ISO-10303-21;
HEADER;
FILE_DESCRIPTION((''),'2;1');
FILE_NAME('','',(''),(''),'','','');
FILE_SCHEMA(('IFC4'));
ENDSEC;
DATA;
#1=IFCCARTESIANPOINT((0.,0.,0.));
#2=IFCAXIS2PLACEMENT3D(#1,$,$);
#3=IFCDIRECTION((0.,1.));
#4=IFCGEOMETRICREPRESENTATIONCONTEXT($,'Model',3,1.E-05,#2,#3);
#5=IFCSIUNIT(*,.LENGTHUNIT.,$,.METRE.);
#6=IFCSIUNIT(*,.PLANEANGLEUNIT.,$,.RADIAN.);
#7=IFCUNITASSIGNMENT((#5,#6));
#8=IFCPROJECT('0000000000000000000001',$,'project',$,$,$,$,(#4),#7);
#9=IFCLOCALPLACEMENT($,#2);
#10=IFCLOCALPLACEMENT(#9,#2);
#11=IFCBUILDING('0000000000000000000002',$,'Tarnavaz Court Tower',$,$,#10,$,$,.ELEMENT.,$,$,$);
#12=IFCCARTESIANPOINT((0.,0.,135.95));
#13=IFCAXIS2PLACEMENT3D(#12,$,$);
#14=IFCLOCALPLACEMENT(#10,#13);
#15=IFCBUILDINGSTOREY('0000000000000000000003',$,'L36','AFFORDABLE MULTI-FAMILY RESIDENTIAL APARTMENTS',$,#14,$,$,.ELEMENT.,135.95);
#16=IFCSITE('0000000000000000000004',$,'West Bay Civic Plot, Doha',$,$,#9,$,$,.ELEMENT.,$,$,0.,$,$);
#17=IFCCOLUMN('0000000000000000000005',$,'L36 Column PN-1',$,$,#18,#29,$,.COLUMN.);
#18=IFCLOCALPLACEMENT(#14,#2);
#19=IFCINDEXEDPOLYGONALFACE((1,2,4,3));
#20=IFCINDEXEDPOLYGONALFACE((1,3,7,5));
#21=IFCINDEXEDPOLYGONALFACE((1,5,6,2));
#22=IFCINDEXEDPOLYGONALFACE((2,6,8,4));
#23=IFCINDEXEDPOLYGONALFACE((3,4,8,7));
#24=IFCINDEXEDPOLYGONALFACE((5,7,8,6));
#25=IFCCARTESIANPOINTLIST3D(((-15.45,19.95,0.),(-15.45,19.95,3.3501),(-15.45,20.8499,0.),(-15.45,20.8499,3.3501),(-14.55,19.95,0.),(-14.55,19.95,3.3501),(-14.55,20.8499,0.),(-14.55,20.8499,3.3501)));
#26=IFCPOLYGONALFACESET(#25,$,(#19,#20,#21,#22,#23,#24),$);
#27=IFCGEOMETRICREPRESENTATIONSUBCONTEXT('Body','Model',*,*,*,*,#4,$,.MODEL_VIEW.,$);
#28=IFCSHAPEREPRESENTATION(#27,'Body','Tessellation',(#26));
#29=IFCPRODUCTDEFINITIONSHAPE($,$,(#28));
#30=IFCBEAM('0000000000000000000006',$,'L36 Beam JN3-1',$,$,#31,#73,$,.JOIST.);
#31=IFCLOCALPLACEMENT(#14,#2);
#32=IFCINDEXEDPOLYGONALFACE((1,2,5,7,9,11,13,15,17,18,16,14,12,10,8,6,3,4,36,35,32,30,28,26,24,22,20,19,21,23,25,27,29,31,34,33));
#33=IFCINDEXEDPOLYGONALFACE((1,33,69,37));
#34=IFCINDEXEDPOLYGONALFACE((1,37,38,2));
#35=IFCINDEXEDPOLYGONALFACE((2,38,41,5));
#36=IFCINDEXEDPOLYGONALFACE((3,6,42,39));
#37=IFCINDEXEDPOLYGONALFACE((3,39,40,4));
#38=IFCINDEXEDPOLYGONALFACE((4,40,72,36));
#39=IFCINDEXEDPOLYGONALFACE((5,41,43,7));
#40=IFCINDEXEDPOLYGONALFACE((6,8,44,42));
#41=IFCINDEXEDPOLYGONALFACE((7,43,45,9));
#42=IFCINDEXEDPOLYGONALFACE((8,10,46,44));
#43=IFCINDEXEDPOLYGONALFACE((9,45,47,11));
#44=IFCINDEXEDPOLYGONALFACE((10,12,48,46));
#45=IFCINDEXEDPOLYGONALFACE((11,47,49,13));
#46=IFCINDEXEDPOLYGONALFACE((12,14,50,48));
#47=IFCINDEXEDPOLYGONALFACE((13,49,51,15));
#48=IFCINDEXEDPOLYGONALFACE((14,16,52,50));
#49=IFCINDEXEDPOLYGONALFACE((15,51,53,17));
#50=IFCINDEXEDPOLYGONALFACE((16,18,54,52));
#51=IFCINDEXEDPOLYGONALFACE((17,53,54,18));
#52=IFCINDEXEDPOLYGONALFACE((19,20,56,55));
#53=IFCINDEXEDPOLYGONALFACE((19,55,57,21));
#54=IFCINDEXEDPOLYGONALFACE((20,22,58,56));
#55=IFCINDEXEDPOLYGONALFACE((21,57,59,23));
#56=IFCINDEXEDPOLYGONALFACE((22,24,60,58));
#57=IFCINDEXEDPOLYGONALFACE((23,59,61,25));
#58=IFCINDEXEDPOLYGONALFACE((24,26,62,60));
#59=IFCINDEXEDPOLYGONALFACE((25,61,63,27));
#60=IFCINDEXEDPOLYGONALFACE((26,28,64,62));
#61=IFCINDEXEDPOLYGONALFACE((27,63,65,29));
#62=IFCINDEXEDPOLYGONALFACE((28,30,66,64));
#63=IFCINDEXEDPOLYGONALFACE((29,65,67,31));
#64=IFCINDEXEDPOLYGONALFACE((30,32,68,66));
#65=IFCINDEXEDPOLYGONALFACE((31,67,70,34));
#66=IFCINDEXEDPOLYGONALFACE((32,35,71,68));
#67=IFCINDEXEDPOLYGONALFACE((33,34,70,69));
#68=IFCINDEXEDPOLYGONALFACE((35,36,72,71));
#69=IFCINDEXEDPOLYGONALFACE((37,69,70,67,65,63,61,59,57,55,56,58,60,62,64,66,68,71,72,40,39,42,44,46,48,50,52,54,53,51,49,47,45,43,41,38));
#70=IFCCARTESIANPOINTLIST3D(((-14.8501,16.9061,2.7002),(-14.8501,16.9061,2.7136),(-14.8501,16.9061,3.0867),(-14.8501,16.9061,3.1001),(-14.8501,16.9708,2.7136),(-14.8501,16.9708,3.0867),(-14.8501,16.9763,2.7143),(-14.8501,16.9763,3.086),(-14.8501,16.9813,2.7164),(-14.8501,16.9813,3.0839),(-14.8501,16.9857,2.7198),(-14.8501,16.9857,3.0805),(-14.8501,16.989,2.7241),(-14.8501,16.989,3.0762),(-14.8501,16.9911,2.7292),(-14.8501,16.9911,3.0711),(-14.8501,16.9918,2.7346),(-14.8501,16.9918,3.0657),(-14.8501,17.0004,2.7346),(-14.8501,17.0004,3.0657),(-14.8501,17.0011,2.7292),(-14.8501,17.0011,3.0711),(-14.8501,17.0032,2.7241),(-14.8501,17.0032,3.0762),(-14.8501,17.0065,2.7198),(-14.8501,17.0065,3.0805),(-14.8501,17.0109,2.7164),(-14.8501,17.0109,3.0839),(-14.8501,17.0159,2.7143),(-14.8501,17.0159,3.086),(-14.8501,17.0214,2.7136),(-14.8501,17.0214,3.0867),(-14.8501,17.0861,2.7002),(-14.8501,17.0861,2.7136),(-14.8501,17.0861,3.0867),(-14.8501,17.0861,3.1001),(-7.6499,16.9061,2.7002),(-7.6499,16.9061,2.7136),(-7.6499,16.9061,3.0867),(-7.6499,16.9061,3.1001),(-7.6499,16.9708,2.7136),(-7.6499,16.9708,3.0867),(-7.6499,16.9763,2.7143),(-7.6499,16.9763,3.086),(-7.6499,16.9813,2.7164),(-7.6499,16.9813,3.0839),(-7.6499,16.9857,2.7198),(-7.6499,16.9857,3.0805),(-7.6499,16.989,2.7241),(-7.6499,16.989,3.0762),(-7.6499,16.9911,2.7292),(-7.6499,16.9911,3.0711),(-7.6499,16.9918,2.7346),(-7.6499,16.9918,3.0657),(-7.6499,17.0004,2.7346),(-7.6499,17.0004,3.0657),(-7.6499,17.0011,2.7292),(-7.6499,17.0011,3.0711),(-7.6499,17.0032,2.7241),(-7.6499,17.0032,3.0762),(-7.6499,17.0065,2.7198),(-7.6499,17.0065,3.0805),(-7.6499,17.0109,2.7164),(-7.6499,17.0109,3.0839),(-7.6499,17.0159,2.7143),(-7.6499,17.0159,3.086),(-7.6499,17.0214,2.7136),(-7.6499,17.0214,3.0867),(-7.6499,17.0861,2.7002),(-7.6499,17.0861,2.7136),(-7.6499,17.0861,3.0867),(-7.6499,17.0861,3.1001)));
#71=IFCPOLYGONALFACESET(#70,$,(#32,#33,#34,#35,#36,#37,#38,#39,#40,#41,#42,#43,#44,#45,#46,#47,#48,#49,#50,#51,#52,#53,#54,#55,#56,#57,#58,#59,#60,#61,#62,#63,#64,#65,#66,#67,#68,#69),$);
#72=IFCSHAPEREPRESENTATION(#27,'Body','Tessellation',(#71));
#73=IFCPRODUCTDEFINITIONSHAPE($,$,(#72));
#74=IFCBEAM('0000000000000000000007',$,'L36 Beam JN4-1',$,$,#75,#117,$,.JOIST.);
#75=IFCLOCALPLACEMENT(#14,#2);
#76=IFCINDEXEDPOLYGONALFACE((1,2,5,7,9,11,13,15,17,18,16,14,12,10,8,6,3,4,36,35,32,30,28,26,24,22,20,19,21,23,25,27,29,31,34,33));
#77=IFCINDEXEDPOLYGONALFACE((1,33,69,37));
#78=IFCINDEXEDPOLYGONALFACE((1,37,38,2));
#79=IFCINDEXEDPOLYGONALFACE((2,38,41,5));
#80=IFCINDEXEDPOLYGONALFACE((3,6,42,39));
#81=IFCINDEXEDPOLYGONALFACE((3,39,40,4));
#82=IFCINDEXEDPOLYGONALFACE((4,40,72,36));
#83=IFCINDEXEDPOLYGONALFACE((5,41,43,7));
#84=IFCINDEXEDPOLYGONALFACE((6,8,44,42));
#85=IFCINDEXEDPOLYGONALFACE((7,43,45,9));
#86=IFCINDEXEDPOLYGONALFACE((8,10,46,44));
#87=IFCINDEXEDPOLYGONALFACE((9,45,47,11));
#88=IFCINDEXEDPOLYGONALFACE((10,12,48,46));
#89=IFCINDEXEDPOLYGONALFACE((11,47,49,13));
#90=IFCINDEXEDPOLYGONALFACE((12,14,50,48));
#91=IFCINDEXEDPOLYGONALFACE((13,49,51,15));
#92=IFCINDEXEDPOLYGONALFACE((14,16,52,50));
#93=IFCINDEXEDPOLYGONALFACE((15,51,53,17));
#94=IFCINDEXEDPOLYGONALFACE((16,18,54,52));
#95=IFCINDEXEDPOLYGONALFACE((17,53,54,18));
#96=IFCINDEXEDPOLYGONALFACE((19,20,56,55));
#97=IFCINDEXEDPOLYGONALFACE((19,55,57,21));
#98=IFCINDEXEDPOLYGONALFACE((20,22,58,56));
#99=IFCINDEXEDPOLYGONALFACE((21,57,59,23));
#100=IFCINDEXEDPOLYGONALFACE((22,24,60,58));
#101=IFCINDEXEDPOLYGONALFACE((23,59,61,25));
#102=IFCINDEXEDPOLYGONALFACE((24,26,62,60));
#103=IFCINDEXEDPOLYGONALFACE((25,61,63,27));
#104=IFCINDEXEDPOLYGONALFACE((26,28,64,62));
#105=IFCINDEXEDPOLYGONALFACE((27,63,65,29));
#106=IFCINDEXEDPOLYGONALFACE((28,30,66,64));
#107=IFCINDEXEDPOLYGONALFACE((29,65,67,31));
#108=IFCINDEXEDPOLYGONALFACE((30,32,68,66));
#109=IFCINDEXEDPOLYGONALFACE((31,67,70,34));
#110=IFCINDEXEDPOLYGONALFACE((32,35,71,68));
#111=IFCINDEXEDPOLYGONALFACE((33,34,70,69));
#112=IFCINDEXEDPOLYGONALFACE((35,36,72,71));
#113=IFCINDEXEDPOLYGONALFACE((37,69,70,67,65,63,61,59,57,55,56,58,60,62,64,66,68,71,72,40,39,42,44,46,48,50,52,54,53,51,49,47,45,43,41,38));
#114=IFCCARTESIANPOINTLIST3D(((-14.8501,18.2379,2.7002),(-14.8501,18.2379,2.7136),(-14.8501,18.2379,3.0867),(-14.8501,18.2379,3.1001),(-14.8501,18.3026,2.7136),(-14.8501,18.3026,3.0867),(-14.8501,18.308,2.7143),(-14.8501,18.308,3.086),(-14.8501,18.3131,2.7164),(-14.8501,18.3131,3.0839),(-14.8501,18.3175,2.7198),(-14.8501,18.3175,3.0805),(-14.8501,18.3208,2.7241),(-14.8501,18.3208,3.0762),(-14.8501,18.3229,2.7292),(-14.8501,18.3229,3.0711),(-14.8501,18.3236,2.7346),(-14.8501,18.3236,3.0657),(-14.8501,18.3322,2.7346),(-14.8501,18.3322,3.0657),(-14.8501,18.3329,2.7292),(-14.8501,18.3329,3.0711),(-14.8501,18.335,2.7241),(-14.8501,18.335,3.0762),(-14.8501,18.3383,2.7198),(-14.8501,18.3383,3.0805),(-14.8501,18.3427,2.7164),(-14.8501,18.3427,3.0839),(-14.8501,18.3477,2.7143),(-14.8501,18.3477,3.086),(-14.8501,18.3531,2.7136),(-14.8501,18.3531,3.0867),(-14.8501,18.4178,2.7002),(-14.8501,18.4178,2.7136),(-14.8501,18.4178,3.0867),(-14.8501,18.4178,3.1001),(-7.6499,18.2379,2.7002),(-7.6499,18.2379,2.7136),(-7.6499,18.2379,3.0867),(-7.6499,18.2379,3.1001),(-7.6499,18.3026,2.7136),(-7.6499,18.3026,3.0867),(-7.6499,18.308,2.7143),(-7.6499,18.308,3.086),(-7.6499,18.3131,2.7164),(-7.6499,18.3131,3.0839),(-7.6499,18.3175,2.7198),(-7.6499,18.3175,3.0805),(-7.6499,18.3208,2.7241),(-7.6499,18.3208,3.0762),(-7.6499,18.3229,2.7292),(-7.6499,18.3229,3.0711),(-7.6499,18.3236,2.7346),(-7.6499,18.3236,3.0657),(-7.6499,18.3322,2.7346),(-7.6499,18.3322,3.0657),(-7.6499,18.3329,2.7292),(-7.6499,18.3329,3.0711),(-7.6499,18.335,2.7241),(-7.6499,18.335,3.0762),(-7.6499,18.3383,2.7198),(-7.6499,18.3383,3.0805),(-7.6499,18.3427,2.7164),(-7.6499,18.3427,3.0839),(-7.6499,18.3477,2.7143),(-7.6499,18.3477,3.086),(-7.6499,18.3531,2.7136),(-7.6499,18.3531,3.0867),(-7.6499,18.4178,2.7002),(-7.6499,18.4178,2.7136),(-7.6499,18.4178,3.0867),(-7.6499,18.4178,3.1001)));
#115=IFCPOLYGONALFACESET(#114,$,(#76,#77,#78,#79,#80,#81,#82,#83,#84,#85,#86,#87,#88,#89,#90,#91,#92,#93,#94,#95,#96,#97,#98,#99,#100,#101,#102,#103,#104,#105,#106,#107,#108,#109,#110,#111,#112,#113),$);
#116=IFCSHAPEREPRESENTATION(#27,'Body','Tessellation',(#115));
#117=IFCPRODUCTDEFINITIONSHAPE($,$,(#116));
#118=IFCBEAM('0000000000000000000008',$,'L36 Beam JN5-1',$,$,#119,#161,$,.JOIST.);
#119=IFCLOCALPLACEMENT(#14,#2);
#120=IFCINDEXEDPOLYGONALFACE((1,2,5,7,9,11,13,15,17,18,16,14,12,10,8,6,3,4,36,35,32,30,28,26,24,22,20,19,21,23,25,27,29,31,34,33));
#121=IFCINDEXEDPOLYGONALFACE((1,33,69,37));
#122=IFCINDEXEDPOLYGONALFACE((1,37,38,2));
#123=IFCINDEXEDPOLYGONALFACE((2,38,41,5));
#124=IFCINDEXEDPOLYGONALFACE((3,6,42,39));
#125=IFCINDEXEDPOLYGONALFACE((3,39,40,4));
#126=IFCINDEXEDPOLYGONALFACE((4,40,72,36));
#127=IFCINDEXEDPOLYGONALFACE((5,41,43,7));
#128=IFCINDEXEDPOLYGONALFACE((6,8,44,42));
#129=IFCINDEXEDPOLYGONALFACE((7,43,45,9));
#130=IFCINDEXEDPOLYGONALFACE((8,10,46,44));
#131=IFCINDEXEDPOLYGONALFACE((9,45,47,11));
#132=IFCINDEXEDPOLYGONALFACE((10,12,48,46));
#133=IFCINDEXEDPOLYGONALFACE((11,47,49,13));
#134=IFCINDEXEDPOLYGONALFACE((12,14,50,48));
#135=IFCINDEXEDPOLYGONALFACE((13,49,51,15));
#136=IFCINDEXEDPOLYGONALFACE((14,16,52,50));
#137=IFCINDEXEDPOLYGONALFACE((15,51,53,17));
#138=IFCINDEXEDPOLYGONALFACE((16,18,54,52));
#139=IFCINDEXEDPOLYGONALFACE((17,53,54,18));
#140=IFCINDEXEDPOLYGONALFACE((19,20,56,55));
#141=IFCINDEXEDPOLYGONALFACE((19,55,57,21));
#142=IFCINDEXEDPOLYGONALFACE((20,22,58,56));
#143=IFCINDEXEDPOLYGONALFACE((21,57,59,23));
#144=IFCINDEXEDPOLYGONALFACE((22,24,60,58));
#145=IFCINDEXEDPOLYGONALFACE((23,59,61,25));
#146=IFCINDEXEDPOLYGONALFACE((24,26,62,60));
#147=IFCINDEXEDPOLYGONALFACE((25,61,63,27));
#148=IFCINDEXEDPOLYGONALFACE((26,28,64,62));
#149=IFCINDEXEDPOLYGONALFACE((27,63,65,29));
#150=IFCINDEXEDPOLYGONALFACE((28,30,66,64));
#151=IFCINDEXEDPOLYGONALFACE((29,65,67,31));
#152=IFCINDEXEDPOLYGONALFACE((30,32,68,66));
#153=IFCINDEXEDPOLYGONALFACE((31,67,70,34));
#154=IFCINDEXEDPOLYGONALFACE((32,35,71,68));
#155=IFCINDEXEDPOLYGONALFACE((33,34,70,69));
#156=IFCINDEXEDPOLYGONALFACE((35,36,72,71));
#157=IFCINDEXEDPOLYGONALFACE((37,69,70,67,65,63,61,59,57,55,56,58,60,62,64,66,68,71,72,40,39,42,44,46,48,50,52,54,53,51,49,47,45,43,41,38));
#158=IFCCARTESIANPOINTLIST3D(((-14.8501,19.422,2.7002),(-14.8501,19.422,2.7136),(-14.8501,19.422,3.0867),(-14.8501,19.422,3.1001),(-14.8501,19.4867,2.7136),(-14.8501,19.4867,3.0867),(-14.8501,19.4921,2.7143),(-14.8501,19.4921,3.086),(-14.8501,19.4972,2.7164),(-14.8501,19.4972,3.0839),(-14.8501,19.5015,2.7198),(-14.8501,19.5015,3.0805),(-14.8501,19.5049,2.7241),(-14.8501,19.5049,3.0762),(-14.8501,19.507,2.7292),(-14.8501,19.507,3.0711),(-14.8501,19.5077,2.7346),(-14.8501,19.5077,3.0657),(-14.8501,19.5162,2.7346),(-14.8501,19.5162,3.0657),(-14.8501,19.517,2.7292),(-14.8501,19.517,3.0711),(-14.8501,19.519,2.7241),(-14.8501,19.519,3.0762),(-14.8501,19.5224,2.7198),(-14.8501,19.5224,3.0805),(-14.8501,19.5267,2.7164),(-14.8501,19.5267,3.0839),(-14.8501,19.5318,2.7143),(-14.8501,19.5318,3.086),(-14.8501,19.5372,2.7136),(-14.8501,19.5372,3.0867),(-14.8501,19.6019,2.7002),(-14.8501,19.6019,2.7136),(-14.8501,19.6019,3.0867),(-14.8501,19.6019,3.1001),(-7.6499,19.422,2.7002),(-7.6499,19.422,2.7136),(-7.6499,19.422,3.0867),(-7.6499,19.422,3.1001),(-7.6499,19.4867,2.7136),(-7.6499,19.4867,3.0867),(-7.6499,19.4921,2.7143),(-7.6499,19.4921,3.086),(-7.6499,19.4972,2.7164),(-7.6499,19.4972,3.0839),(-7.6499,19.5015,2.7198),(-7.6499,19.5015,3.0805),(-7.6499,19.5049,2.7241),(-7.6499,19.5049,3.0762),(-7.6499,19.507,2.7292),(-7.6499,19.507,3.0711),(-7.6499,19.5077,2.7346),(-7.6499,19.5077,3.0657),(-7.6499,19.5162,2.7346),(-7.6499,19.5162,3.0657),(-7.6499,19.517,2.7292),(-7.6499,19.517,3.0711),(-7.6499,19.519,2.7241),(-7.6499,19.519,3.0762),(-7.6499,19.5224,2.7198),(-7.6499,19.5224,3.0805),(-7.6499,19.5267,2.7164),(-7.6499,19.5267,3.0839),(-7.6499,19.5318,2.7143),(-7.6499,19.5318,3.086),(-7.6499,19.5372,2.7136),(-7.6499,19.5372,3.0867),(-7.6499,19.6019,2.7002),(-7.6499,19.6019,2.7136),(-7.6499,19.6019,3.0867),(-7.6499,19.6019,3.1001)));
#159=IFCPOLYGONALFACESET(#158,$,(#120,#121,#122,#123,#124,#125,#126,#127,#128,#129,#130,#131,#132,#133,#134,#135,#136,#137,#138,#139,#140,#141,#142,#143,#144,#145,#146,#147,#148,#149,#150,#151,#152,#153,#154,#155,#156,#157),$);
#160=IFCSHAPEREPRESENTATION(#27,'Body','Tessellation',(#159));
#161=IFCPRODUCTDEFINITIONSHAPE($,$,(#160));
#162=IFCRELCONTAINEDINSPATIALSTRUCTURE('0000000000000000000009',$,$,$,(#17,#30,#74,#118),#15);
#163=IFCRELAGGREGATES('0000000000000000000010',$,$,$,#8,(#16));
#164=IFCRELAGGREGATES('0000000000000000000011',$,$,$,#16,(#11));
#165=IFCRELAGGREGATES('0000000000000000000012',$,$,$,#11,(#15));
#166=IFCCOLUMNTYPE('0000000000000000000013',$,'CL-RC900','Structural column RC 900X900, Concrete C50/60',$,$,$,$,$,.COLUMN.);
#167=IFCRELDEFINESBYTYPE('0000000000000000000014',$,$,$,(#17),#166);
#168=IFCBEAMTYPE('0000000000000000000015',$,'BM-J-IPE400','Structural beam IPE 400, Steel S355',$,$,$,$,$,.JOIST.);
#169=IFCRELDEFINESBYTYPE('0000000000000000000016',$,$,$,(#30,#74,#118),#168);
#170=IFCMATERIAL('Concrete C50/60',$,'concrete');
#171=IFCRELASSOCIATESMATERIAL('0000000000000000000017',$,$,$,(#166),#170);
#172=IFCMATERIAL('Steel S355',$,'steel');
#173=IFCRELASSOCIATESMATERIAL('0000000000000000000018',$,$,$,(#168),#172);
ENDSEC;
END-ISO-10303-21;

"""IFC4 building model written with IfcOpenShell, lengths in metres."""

from ifc_helpers import new_model, si_unit, direction, frame, origin, origin_2d, place, context, subcontext, project, spatial, rectangle, i_section, extrude, material, material_profile, profile_set, type_object, element, save


model = new_model("IFC4")

# Units and contexts
model_context = context("Model", 3, precision=1e-05, world=origin(), true_north=direction((0.0, 1.0)))
body_context = subcontext(model_context, "Body", "Model", "MODEL_VIEW")
ifc_project = project(units=[si_unit("LENGTHUNIT", "METRE"), si_unit("PLANEANGLEUNIT", "RADIAN")], contexts=[model_context])

# Site, building, storey
site_placement = place(None, origin())
site = spatial("IfcSite", under=ifc_project, at=site_placement, Name="West Bay Civic Plot, Doha", CompositionType="ELEMENT", RefElevation=0.0)
building_placement = place(site_placement, origin())
building = spatial("IfcBuilding", under=site, at=building_placement, Name="Tarnavaz Court Tower", CompositionType="ELEMENT")
storey_placement = place(building_placement, frame((0.0, 0.0, 135.95)))
storey = spatial("IfcBuildingStorey", under=building, at=storey_placement, Name="L36", Description="AFFORDABLE MULTI-FAMILY RESIDENTIAL APARTMENTS", CompositionType="ELEMENT", Elevation=135.95)

# Column
ifc_material_1 = material(Name="Concrete C50/60", Category="concrete")
ifc_material_profile_1 = material_profile(ifc_material_1, rectangle(XDim=0.8999, YDim=0.8999, at=origin_2d()), Name="RC 900X900")
ifc_profile_set_1 = profile_set([ifc_material_profile_1], Name="Concrete C50/60")
column_type = type_object("IfcColumnType", Name="CL-RC900", Description="Structural column RC 900X900, Concrete C50/60", PredefinedType="COLUMN", material=ifc_profile_set_1)
column_placement = place(storey_placement, frame((-15.0, 20.3999, 0.0), z_axis=(0.0, 0.0, 1.0), x_axis=(1.0, 0.0, 0.0)))
element("IfcColumn", 1, at=column_placement, inside=storey, type_object=column_type, Name="L36 Column PN-1", PredefinedType="COLUMN", context=body_context, shape_type="SweptSolid", body=[
    extrude(rectangle(XDim=0.8999, YDim=0.8999, at=origin_2d()), origin(), (0.0, 0.0, 1.0), 3.3501),
])

# Beams
ifc_material_2 = material(Name="Steel S355", Category="steel")
ifc_material_profile_2 = material_profile(ifc_material_2, i_section(OverallWidth=0.1799, OverallDepth=0.3999, WebThickness=0.0085, FlangeThickness=0.0134, FilletRadius=0.021, at=origin_2d()), Name="IPE 400")
ifc_profile_set_2 = profile_set([ifc_material_profile_2], Name="Steel S355")
beam_type_1 = type_object("IfcBeamType", Name="BM-J-IPE400", Description="Structural beam IPE 400, Steel S355", PredefinedType="JOIST", material=ifc_profile_set_2)
for number, where, z_axis, x_axis, name in (
    (2, (-14.8501, 16.9961, 2.9001), (1.0, 0.0, 0.0), (0.0, 1.0, 0.0), "L36 Beam JN3-1"),
    (3, (-14.8501, 18.3279, 2.9001), (1.0, 0.0, 0.0), (0.0, 1.0, 0.0), "L36 Beam JN4-1"),
    (4, (-14.8501, 19.512, 2.9001), (1.0, 0.0, 0.0), (0.0, 1.0, 0.0), "L36 Beam JN5-1"),
):
    element("IfcBeam", number, at=place(storey_placement, frame(where, z_axis=z_axis, x_axis=x_axis)), inside=storey, type_object=beam_type_1, Name=name, PredefinedType="JOIST", context=body_context, shape_type="SweptSolid", body=[
        extrude(i_section(OverallWidth=0.1799, OverallDepth=0.3999, WebThickness=0.0085, FlangeThickness=0.0134, FilletRadius=0.021, at=origin_2d()), origin(), (0.0, 0.0, 1.0), 7.2002),
    ])

save(model, "model.ifc")
